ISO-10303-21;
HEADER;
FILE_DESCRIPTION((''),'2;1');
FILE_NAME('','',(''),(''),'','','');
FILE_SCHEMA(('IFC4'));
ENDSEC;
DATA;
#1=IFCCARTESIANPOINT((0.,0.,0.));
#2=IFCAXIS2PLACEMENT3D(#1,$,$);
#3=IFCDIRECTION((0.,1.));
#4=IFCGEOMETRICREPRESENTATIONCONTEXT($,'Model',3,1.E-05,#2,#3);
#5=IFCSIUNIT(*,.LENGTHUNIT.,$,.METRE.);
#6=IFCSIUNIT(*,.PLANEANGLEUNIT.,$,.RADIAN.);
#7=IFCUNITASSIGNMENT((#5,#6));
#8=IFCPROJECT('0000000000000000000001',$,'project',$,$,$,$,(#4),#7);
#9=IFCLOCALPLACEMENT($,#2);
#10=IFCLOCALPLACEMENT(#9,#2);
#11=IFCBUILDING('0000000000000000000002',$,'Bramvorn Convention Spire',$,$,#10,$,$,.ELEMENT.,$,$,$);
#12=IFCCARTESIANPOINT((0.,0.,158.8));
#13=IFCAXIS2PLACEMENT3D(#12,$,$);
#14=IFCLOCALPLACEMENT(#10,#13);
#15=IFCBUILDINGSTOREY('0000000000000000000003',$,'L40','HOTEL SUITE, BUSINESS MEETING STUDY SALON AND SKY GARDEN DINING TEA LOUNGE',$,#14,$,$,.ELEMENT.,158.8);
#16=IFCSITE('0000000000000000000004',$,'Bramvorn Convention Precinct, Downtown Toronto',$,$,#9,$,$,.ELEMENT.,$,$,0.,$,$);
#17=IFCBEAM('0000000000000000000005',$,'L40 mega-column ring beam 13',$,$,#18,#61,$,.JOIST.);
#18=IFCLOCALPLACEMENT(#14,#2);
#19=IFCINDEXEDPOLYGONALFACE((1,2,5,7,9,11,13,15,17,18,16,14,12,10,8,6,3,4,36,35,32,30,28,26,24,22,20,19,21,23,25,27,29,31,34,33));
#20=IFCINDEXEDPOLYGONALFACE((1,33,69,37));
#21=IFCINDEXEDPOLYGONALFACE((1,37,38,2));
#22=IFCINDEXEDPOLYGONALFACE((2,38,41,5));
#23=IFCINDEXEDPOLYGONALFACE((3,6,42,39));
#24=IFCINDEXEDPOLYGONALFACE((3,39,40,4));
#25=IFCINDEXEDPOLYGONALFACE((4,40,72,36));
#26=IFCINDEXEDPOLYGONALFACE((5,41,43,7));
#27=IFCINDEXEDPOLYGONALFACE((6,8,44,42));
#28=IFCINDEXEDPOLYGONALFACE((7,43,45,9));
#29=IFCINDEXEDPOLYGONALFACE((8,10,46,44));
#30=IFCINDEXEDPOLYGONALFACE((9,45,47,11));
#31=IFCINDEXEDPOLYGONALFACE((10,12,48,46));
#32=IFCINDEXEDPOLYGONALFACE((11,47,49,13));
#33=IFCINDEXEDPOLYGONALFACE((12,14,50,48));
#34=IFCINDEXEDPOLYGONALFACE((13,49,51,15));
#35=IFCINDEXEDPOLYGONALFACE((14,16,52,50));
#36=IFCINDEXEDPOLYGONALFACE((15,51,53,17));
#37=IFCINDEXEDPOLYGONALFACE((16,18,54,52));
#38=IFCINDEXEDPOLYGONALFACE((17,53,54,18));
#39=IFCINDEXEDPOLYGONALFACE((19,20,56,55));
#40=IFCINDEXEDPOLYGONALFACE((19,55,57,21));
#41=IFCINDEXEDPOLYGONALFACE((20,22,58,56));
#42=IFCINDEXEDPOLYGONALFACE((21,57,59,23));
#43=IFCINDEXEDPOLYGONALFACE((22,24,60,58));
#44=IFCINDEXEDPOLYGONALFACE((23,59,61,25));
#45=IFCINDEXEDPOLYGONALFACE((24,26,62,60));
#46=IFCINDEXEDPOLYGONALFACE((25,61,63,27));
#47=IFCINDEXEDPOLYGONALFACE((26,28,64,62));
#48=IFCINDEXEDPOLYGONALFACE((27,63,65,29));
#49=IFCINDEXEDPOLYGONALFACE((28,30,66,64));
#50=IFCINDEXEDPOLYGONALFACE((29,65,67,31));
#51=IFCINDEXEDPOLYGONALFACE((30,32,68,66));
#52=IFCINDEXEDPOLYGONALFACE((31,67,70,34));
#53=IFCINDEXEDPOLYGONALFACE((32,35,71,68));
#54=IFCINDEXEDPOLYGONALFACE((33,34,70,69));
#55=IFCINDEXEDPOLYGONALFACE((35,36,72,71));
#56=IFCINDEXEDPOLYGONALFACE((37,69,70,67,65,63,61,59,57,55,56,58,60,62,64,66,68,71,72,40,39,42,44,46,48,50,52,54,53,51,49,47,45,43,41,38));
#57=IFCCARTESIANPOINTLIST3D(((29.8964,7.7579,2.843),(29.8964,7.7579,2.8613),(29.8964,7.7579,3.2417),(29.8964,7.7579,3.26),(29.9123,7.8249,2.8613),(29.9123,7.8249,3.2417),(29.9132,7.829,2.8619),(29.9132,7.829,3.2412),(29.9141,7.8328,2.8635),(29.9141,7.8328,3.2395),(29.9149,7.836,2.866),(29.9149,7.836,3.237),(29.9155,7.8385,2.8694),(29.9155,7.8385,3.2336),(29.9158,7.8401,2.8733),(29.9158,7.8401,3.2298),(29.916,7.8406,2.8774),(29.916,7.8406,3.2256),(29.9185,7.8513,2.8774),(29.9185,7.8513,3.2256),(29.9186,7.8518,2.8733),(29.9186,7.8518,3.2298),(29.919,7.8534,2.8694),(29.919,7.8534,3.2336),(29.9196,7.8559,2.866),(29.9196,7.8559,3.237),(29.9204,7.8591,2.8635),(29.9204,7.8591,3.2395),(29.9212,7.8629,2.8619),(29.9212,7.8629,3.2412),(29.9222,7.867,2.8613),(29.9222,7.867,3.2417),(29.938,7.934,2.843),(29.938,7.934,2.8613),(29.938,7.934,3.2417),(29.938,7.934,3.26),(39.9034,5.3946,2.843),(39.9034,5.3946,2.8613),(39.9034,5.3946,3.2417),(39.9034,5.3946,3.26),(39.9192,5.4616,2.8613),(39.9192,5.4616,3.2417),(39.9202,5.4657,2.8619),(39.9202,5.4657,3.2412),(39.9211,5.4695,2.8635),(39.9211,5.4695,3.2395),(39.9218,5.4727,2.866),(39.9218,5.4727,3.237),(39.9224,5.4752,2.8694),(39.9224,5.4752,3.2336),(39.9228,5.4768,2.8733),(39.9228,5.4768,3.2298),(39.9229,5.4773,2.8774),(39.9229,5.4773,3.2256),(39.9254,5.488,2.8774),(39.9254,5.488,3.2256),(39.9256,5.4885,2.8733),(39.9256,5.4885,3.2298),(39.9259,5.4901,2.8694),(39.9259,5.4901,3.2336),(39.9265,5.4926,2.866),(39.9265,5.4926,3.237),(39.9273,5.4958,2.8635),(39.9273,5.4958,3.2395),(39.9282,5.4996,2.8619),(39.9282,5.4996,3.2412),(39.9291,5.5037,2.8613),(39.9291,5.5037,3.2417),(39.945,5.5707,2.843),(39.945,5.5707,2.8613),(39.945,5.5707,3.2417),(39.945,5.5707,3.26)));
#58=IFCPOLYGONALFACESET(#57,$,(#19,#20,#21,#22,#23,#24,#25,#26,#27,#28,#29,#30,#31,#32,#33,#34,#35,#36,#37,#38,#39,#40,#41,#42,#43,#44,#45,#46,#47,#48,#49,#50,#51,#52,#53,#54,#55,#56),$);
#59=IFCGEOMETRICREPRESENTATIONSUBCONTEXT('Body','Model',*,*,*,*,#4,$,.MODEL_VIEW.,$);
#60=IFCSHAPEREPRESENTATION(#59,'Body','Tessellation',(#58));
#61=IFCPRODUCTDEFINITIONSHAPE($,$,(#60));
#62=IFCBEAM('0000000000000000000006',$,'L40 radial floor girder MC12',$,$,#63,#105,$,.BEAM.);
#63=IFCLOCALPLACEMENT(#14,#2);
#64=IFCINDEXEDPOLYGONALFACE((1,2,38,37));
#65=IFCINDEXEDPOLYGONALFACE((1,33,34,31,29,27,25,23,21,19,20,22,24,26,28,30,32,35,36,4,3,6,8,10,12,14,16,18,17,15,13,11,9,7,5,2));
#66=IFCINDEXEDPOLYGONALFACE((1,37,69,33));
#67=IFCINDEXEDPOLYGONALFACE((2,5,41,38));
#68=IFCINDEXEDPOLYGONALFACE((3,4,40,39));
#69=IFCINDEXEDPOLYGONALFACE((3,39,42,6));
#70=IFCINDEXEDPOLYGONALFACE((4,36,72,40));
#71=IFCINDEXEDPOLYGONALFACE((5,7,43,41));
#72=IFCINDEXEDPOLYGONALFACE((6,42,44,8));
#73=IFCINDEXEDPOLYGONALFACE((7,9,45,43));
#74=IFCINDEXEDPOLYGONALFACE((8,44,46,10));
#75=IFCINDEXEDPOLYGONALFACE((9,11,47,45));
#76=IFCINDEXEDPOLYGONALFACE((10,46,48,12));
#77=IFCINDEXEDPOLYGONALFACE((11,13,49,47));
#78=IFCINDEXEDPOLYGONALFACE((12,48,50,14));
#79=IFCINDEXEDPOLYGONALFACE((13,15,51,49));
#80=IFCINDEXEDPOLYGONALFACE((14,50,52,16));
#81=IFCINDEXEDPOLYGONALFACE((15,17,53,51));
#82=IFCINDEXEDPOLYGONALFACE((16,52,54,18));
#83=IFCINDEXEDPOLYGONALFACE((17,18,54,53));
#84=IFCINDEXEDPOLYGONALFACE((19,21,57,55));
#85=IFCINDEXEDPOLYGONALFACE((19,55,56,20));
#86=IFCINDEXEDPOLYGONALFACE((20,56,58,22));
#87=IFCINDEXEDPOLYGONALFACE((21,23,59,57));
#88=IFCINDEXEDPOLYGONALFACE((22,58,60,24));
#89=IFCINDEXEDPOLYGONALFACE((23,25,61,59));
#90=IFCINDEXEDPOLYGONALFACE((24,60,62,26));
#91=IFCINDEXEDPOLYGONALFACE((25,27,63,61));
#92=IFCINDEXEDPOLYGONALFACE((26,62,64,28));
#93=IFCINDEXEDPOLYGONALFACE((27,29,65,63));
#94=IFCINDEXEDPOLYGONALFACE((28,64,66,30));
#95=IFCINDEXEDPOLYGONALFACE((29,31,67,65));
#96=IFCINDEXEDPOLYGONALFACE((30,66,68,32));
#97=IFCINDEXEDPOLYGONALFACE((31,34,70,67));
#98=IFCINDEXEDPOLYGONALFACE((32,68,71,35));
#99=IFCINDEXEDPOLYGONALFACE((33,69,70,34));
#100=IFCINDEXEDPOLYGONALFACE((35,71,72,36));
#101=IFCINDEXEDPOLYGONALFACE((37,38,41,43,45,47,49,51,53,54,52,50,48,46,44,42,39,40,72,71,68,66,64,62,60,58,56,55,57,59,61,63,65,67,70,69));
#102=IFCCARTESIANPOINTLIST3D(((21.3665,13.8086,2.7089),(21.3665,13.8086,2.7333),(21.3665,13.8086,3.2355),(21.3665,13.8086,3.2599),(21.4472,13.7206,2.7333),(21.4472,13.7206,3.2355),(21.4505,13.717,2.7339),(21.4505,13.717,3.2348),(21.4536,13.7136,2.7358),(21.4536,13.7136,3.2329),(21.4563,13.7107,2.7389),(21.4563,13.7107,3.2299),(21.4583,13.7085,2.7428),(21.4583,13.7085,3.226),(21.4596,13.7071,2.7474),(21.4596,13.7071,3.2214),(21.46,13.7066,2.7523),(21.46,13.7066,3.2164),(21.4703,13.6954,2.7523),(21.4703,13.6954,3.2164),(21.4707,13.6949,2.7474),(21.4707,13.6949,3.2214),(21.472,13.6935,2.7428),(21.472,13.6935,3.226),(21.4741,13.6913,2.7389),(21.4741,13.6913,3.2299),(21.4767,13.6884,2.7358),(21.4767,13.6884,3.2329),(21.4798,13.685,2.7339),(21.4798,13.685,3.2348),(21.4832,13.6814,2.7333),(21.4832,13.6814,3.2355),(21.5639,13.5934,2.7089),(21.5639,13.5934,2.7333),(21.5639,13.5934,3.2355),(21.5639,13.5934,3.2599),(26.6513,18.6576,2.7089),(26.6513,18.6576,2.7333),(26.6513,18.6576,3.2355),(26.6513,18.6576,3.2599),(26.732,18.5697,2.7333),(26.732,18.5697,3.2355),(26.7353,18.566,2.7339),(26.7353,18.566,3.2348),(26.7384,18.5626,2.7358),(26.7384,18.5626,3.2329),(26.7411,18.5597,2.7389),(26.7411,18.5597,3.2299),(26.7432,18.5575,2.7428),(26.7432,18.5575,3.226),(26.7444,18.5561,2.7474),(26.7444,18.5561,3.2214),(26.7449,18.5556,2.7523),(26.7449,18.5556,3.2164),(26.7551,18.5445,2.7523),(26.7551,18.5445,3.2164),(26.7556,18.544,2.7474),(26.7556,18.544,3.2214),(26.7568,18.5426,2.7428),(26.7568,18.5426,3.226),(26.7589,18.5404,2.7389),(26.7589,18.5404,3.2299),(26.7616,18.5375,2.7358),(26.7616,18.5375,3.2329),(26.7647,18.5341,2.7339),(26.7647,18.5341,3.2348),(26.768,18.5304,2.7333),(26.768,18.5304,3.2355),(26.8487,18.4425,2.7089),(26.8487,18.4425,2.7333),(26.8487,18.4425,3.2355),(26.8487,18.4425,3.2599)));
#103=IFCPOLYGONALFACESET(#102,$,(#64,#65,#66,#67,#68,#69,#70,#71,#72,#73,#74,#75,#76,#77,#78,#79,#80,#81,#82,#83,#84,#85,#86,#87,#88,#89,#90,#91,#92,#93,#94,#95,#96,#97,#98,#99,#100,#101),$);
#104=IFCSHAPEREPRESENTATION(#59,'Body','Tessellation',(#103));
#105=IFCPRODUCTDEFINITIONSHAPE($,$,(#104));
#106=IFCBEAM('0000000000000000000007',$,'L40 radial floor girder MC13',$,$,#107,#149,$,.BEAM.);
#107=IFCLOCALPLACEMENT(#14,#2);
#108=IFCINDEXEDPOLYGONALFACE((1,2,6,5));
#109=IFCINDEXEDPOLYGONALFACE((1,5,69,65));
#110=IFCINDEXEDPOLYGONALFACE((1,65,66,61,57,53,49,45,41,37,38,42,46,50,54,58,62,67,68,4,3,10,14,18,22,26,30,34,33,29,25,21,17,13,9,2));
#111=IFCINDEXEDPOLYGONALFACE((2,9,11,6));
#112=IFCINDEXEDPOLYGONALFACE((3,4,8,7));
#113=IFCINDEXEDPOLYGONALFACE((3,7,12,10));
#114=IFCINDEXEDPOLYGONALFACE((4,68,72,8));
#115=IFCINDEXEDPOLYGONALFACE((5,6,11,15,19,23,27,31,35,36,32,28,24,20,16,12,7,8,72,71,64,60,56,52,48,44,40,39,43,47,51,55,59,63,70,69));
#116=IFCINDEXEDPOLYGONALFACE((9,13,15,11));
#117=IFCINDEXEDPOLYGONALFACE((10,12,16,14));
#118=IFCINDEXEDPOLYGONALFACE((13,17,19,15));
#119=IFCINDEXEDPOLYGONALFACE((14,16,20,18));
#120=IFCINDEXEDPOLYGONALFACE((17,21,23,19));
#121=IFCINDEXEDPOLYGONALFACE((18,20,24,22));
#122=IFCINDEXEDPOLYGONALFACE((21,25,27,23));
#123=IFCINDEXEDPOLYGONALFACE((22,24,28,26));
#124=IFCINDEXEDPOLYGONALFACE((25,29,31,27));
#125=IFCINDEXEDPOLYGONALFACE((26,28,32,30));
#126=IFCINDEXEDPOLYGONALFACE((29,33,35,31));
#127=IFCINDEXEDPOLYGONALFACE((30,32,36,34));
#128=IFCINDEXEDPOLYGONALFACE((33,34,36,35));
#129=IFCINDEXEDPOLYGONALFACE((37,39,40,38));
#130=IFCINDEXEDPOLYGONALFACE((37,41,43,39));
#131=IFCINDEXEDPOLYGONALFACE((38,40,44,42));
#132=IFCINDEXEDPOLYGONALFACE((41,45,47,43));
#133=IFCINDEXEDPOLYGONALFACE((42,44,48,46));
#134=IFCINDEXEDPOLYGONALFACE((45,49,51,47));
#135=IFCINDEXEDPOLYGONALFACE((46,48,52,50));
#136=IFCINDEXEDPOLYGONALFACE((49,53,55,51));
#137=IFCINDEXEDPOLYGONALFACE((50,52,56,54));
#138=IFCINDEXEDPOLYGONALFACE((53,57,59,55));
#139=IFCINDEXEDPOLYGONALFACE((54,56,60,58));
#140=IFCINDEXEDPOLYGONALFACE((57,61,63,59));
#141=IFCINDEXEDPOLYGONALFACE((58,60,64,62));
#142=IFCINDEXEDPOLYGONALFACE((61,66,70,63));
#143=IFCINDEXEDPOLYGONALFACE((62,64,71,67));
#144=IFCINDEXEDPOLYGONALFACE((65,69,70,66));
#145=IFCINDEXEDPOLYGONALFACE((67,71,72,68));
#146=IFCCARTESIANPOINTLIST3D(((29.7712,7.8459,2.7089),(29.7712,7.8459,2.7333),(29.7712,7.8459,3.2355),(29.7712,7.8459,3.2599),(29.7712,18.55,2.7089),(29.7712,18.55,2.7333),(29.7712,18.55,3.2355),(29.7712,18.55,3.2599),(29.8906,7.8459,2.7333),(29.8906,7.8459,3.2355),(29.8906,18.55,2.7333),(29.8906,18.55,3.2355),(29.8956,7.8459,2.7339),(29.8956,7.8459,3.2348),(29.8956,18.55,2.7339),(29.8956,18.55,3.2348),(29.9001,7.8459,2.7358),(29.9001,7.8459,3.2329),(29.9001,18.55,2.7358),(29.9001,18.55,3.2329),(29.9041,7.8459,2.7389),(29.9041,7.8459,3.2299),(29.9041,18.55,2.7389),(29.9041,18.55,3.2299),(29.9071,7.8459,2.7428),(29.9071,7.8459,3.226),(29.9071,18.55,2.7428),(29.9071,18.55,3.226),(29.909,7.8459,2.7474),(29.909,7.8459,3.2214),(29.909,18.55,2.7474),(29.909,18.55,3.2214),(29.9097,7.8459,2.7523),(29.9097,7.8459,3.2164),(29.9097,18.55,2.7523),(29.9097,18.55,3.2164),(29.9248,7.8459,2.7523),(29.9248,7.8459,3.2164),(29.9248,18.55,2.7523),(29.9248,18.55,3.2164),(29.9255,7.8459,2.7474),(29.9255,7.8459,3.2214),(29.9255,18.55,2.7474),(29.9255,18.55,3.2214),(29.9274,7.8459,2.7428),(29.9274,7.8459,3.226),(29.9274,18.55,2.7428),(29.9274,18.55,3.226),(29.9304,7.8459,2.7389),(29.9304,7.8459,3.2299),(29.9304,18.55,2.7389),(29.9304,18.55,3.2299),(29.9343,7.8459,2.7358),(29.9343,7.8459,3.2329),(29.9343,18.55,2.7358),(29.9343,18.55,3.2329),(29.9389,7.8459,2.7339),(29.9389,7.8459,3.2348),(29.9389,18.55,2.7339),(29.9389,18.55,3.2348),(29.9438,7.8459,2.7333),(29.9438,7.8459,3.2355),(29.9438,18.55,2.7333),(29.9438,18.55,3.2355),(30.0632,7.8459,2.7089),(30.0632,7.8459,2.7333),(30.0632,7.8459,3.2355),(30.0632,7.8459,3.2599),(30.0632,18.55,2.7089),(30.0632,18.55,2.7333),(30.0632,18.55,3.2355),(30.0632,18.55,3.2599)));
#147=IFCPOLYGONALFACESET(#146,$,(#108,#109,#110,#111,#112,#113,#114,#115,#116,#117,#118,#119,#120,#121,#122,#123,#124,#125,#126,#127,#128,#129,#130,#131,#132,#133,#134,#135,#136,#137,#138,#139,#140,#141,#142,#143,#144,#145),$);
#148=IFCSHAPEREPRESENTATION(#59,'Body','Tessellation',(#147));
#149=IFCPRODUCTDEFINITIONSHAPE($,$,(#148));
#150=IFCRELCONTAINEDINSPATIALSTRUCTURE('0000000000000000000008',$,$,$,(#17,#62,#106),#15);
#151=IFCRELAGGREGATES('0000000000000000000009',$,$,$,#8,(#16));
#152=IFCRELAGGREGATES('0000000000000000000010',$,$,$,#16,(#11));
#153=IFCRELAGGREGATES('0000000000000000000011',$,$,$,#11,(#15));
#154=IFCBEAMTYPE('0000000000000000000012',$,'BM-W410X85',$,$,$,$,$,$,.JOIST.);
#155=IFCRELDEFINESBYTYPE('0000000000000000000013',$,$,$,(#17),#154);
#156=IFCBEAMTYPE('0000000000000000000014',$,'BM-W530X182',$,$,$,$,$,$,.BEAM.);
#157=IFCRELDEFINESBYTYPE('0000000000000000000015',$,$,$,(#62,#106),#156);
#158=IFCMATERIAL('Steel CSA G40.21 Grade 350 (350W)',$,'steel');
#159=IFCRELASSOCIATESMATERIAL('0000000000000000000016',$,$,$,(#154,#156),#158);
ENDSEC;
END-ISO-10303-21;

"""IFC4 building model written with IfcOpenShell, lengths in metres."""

from ifc_helpers import new_model, si_unit, direction, frame, origin, origin_2d, place, context, subcontext, project, spatial, i_section, extrude, material, material_profile, profile_set, type_object, element, save


model = new_model("IFC4")

# Units and contexts
model_context = context("Model", 3, precision=1e-05, world=origin(), true_north=direction((0.0, 1.0)))
body_context = subcontext(model_context, "Body", "Model", "MODEL_VIEW")
ifc_project = project(units=[si_unit("LENGTHUNIT", "METRE"), si_unit("PLANEANGLEUNIT", "RADIAN")], contexts=[model_context])

# Site, building, storey
site_placement = place(None, origin())
site = spatial("IfcSite", under=ifc_project, at=site_placement, Name="Bramvorn Convention Precinct, Downtown Toronto", CompositionType="ELEMENT", RefElevation=0.0)
building_placement = place(site_placement, origin())
building = spatial("IfcBuilding", under=site, at=building_placement, Name="Bramvorn Convention Spire", CompositionType="ELEMENT")
storey_placement = place(building_placement, frame((0.0, 0.0, 158.8)))
storey = spatial("IfcBuildingStorey", under=building, at=storey_placement, Name="L40", Description="HOTEL SUITE, BUSINESS MEETING STUDY SALON AND SKY GARDEN DINING TEA LOUNGE", CompositionType="ELEMENT", Elevation=158.8)

# Shared definitions
ifc_material_1 = material(Name="Steel CSA G40.21 Grade 350 (350W)", Category="steel")

# Beams
ifc_material_profile_1 = material_profile(ifc_material_1, i_section(OverallWidth=0.1809, OverallDepth=0.417, WebThickness=0.011, FlangeThickness=0.0183, FilletRadius=0.0161, at=origin_2d()))
ifc_profile_set_1 = profile_set([ifc_material_profile_1], Name="Steel CSA G40.21 Grade 350 (350W) - W410X85")
beam_type_1 = type_object("IfcBeamType", Name="BM-W410X85", PredefinedType="JOIST", material=ifc_profile_set_1)
beam_1_placement = place(storey_placement, frame((29.9172, 7.8459, 3.0515), z_axis=(0.973228, -0.229844, 0.0), x_axis=(0.229844, 0.973228, 0.0)))
element("IfcBeam", 1, at=beam_1_placement, inside=storey, type_object=beam_type_1, Name="L40 mega-column ring beam 13", PredefinedType="JOIST", context=body_context, shape_type="SweptSolid", body=[
    extrude(i_section(OverallWidth=0.1809, OverallDepth=0.417, WebThickness=0.011, FlangeThickness=0.0183, FilletRadius=0.0161, at=origin_2d()), origin(), (0.0, 0.0, 1.0), 10.2822),
])
ifc_material_profile_2 = material_profile(ifc_material_1, i_section(OverallWidth=0.292, OverallDepth=0.551, WebThickness=0.0151, FlangeThickness=0.0244, FilletRadius=0.019, at=origin_2d()))
ifc_profile_set_2 = profile_set([ifc_material_profile_2], Name="Steel CSA G40.21 Grade 350 (350W) - W530X182")
beam_type_2 = type_object("IfcBeamType", Name="BM-W530X182", PredefinedType="BEAM", material=ifc_profile_set_2)
beam_2_placement = place(storey_placement, frame((26.75, 18.55, 2.9844), z_axis=(-0.736833, -0.676074, 0.0), x_axis=(0.676074, -0.736833, 0.0)))
element("IfcBeam", 2, at=beam_2_placement, inside=storey, type_object=beam_type_2, Name="L40 radial floor girder MC12", PredefinedType="BEAM", context=body_context, shape_type="SweptSolid", body=[
    extrude(i_section(OverallWidth=0.292, OverallDepth=0.551, WebThickness=0.0151, FlangeThickness=0.0244, FilletRadius=0.019, at=origin_2d()), origin(), (0.0, 0.0, 1.0), 7.1724),
])
beam_3_placement = place(storey_placement, frame((29.9172, 18.55, 2.9844), z_axis=(0.0, -1.0, 0.0), x_axis=(1.0, 0.0, 0.0)))
element("IfcBeam", 3, at=beam_3_placement, inside=storey, type_object=beam_type_2, Name="L40 radial floor girder MC13", PredefinedType="BEAM", context=body_context, shape_type="SweptSolid", body=[
    extrude(i_section(OverallWidth=0.292, OverallDepth=0.551, WebThickness=0.0151, FlangeThickness=0.0244, FilletRadius=0.019, at=origin_2d()), origin(), (0.0, 0.0, 1.0), 10.7041),
])

save(model, "model.ifc")
